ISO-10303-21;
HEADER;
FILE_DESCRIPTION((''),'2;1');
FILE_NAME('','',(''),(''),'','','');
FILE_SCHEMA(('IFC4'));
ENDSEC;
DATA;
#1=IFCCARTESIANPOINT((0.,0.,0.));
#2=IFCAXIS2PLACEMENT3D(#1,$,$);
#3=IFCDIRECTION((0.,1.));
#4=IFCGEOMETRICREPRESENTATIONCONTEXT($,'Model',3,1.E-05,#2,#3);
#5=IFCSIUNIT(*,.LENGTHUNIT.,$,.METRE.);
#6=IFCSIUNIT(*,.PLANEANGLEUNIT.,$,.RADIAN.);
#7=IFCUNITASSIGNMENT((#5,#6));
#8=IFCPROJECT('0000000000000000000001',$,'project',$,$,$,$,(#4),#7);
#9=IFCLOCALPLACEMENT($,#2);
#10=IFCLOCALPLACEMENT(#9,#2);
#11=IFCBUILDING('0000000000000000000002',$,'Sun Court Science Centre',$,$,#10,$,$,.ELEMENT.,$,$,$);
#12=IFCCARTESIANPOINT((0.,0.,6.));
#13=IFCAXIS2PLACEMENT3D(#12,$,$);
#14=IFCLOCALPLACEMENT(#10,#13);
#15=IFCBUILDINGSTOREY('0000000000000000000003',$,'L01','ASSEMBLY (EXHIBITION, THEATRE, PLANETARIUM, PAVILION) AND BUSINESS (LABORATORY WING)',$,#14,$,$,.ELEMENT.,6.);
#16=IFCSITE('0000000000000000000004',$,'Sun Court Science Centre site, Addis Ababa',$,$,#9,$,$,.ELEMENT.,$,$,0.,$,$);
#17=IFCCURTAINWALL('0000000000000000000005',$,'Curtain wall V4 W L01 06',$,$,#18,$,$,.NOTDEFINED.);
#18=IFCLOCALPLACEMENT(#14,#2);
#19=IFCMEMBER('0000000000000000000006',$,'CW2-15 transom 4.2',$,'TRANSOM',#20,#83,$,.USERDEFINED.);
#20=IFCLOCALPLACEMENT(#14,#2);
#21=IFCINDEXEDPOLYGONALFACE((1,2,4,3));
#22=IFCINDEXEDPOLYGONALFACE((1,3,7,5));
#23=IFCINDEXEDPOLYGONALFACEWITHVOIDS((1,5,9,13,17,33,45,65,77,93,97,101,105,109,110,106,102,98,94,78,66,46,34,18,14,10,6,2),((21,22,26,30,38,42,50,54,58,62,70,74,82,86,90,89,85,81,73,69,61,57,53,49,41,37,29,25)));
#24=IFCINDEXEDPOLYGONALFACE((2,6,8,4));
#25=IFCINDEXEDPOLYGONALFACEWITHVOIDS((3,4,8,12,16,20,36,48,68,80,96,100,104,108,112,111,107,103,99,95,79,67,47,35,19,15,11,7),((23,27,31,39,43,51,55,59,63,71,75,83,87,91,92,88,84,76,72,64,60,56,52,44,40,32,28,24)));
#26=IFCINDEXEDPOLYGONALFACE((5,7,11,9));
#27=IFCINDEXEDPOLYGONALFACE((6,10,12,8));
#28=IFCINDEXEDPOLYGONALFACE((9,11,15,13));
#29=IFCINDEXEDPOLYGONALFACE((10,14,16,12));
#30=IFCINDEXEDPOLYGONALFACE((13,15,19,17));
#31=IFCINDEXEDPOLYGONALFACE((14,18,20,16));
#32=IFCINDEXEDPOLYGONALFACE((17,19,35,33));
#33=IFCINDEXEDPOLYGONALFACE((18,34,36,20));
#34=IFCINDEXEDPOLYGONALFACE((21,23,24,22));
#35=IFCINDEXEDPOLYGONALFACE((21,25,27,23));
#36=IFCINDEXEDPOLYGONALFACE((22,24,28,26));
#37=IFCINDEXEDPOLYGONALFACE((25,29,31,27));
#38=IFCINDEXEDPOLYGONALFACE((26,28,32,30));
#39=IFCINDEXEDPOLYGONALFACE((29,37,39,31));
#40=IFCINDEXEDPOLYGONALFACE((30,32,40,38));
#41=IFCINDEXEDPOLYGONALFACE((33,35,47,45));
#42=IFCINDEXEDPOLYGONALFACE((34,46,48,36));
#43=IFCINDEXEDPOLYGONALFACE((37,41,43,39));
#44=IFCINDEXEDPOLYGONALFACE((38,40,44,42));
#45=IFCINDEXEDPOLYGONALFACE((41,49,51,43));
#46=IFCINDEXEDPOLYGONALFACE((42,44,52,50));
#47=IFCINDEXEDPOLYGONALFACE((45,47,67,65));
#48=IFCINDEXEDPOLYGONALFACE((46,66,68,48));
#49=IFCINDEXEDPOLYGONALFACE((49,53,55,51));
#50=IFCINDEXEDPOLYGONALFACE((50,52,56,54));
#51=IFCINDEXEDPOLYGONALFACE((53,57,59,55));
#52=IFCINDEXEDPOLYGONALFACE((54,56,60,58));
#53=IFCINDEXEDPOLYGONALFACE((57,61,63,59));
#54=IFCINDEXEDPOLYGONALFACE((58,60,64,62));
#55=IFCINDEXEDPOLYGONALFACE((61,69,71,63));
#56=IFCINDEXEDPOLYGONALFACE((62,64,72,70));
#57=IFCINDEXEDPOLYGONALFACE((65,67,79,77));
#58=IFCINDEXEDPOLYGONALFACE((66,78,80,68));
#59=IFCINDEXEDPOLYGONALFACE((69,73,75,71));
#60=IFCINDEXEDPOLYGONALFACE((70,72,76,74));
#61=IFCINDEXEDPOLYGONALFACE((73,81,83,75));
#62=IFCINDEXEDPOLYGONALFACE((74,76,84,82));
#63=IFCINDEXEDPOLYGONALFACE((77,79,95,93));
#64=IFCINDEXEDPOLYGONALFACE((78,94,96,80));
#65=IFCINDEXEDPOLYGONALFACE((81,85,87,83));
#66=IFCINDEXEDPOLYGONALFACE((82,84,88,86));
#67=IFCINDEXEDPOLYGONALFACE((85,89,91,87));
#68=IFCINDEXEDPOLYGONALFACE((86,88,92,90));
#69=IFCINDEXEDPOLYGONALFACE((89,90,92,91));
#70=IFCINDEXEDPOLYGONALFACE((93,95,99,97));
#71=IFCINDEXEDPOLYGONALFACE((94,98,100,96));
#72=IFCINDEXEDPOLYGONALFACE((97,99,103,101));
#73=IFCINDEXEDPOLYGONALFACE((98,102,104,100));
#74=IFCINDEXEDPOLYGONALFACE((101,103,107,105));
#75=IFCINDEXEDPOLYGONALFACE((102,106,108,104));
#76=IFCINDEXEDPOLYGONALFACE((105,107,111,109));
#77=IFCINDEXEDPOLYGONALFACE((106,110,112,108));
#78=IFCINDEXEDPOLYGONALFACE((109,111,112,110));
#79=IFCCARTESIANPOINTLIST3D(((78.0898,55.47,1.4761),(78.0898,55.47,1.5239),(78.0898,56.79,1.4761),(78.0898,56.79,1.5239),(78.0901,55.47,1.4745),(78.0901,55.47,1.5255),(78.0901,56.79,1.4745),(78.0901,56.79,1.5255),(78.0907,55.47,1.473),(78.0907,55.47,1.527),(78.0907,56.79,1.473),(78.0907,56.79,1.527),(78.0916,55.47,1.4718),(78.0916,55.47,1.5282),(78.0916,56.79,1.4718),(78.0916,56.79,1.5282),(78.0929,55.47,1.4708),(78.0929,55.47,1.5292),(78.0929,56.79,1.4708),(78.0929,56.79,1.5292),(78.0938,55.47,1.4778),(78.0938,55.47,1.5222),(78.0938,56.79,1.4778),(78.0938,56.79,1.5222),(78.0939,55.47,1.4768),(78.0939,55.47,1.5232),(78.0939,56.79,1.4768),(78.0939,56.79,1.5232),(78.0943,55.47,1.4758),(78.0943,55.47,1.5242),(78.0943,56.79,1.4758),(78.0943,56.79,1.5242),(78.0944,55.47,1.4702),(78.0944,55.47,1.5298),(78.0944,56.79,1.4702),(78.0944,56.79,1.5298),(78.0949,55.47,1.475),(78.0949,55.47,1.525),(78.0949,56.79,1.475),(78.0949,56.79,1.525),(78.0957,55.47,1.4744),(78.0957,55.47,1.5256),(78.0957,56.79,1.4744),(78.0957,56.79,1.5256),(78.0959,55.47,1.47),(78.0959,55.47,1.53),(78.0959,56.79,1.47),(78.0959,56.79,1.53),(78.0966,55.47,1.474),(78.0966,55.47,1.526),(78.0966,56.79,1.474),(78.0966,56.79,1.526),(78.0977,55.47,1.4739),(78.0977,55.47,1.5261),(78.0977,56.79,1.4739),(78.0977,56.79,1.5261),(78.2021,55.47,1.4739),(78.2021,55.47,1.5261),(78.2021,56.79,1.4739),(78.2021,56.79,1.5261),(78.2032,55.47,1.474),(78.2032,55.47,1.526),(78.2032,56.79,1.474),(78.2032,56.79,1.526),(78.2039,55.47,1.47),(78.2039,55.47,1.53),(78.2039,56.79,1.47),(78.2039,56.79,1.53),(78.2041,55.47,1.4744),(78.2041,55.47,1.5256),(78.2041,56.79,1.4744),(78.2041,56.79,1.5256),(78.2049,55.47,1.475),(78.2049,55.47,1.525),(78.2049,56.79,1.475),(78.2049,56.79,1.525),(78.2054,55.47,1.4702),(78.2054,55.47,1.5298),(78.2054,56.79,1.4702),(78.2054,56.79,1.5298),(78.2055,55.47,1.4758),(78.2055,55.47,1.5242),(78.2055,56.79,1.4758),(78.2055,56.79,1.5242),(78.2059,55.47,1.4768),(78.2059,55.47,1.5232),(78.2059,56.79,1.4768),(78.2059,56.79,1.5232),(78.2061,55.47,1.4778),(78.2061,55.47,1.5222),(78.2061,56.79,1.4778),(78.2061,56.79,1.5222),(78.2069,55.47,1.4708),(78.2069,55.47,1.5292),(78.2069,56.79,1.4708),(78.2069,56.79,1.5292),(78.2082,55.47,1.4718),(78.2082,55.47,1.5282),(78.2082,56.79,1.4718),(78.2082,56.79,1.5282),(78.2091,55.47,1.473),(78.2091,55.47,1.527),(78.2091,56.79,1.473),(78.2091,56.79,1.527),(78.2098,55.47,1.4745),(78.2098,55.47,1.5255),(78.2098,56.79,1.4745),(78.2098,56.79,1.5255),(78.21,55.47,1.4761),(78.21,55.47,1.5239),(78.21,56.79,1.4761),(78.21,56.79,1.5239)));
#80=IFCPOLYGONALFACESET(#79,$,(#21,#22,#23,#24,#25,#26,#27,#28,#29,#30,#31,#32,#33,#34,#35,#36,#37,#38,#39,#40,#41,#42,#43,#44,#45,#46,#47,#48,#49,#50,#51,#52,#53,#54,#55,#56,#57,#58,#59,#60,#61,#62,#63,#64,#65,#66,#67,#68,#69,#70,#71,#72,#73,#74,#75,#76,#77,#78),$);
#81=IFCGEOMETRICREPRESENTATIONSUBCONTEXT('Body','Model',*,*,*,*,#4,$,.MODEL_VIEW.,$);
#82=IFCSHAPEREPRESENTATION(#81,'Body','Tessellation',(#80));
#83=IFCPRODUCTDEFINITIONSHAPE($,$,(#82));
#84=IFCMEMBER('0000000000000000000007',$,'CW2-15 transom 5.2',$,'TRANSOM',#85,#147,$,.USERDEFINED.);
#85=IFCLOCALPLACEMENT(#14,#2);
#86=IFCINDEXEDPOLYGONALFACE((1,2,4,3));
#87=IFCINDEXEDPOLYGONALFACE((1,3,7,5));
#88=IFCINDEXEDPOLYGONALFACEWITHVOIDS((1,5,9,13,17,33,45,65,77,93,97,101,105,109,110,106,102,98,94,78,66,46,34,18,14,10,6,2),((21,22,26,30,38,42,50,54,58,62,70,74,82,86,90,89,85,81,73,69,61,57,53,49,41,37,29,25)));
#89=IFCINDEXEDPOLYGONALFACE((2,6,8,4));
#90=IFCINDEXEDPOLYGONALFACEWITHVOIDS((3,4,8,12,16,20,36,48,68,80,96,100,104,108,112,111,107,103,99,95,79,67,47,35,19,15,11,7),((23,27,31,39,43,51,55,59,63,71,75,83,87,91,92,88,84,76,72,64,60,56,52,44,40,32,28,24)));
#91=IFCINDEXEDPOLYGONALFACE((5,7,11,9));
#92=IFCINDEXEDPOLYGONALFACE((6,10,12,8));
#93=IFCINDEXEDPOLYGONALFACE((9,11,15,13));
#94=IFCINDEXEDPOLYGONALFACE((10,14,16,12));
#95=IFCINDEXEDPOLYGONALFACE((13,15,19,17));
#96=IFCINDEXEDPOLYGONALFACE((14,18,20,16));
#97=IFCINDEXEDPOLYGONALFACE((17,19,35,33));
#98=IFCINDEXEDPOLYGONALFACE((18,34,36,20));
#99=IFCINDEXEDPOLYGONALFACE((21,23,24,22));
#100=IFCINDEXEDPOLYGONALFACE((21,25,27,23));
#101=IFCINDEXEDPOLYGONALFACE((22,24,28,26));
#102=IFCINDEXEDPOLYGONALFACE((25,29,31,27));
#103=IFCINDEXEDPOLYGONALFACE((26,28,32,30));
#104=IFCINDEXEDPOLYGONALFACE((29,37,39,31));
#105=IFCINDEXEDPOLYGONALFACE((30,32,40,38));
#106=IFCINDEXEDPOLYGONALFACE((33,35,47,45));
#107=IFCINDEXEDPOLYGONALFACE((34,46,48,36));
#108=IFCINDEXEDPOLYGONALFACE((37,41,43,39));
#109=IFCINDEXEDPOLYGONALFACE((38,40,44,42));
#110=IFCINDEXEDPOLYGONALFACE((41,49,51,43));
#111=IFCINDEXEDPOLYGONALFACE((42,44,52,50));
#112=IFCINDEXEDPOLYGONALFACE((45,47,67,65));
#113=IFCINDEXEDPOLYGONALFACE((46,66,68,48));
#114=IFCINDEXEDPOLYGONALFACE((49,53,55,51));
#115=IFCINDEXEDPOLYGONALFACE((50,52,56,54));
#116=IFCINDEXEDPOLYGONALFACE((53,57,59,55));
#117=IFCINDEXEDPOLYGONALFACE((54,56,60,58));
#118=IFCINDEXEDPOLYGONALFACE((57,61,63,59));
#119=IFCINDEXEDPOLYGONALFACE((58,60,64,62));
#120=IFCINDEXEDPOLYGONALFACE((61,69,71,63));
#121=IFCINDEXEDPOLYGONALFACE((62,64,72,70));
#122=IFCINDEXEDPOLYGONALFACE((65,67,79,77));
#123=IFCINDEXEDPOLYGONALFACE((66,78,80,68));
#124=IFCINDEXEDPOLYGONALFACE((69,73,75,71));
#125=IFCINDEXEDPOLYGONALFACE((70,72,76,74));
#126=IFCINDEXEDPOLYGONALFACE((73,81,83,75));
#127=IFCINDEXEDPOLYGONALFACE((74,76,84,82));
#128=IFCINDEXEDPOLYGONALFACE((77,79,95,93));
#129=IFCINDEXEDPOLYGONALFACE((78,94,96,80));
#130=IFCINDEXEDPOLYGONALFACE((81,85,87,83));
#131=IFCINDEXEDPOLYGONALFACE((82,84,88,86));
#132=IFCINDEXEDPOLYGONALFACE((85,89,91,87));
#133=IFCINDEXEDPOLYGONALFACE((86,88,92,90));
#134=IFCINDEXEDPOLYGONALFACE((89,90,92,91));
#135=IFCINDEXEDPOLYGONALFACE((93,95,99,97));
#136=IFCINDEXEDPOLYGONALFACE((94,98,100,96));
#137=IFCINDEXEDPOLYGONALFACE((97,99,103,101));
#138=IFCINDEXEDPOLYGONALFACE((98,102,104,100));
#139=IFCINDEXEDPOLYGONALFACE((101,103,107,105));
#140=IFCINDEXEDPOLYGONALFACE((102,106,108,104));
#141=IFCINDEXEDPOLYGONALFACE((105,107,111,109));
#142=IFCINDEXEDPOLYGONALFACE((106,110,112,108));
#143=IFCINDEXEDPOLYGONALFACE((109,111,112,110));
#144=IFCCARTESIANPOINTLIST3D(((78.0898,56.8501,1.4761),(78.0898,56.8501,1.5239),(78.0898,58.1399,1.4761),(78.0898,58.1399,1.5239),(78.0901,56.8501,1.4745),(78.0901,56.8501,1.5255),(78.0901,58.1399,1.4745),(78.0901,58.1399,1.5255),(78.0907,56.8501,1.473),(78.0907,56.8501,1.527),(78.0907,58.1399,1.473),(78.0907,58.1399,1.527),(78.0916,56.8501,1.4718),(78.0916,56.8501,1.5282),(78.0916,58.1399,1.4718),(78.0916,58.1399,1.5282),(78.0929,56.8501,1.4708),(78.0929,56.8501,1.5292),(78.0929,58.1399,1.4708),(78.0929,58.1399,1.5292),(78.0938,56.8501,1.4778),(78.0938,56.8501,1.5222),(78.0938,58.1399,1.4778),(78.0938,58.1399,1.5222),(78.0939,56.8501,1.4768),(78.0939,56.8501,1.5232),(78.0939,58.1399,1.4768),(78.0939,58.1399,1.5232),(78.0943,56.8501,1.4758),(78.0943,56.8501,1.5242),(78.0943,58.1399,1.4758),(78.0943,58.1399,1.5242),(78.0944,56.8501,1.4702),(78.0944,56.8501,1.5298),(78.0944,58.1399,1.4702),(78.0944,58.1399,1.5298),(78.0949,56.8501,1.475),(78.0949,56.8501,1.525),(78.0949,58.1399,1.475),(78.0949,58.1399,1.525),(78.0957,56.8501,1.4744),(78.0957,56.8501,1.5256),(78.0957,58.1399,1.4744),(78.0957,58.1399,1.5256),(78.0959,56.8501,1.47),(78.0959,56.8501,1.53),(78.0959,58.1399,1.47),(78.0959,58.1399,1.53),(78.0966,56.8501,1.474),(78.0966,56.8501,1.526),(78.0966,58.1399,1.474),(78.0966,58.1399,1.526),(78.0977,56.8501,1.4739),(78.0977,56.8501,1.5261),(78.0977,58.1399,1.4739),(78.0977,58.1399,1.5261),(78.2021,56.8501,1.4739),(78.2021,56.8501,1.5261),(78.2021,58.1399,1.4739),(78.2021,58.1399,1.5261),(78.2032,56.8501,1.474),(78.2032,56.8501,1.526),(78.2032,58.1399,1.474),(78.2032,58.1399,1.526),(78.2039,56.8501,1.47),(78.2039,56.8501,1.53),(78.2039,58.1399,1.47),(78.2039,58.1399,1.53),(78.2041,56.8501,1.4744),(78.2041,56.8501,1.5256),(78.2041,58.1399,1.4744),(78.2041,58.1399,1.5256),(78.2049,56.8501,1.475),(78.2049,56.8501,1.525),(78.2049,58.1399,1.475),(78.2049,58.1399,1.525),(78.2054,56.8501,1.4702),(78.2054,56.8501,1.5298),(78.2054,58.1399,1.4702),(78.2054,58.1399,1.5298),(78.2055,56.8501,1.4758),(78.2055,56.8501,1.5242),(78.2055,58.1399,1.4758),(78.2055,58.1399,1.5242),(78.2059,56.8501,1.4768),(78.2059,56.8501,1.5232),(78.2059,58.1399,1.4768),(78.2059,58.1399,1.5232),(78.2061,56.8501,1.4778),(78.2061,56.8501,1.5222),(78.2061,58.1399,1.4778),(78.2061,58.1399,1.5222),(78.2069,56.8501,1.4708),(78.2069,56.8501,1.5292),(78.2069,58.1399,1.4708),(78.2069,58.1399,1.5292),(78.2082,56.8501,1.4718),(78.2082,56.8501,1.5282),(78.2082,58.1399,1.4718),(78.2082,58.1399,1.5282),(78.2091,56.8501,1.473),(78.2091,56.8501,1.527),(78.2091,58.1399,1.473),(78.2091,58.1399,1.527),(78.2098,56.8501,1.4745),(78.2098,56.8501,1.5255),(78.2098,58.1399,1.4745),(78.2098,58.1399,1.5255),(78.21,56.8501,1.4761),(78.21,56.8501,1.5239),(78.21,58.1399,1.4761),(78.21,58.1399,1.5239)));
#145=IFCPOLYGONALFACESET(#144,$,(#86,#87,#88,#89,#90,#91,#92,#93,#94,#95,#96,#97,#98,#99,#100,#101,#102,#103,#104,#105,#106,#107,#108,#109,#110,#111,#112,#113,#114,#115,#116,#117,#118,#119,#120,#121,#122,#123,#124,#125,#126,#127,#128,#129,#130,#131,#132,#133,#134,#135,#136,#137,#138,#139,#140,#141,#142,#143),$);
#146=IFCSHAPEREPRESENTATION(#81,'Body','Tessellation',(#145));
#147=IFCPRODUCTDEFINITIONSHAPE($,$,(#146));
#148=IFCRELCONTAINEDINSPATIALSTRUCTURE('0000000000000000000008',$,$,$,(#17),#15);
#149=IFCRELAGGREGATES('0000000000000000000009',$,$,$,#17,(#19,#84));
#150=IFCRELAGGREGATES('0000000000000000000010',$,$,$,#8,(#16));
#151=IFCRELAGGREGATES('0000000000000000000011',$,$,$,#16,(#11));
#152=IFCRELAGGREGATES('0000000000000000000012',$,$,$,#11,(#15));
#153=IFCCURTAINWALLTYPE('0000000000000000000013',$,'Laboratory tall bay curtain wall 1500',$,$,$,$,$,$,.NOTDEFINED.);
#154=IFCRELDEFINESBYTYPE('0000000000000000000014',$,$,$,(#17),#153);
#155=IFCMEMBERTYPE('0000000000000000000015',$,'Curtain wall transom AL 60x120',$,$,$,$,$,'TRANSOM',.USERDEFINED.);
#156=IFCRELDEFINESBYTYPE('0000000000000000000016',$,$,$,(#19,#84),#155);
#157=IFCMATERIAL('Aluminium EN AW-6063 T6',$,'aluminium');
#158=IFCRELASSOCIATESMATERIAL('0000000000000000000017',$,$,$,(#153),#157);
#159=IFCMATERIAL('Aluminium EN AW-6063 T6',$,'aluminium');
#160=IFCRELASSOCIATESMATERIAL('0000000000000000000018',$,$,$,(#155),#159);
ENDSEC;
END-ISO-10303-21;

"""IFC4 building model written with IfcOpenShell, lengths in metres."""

from ifc_helpers import new_model, si_unit, direction, frame, origin, origin_2d, place, context, subcontext, project, spatial, hollow_rectangle, extrude, material, material_profile, profile_set, type_object, element, aggregate, save


model = new_model("IFC4")

# Units and contexts
model_context = context("Model", 3, precision=1e-05, world=origin(), true_north=direction((0.0, 1.0)))
body_context = subcontext(model_context, "Body", "Model", "MODEL_VIEW")
ifc_project = project(units=[si_unit("LENGTHUNIT", "METRE"), si_unit("PLANEANGLEUNIT", "RADIAN")], contexts=[model_context])

# Site, building, storey
site_placement = place(None, origin())
site = spatial("IfcSite", under=ifc_project, at=site_placement, Name="Sun Court Science Centre site, Addis Ababa", CompositionType="ELEMENT", RefElevation=0.0)
building_placement = place(site_placement, origin())
building = spatial("IfcBuilding", under=site, at=building_placement, Name="Sun Court Science Centre", CompositionType="ELEMENT")
storey_placement = place(building_placement, frame((0.0, 0.0, 6.0)))
storey = spatial("IfcBuildingStorey", under=building, at=storey_placement, Name="L01", Description="ASSEMBLY (EXHIBITION, THEATRE, PLANETARIUM, PAVILION) AND BUSINESS (LABORATORY WING)", CompositionType="ELEMENT", Elevation=6.0)

# Shared definitions
ifc_material_1 = material(Name="Aluminium EN AW-6063 T6", Category="aluminium")
curtain_wall_type = type_object("IfcCurtainWallType", Name="Laboratory tall bay curtain wall 1500", PredefinedType="NOTDEFINED", material=ifc_material_1)

# Curtain wall, members
curtain_wall_1_placement = place(storey_placement, origin())
curtain_wall_1 = element("IfcCurtainWall", 1, at=curtain_wall_1_placement, inside=storey, type_object=curtain_wall_type, Name="Curtain wall V4 W L01 06", PredefinedType="NOTDEFINED")
ifc_material_2 = material(Name="Aluminium EN AW-6063 T6", Category="aluminium")
ifc_material_profile_1 = material_profile(ifc_material_2, hollow_rectangle(XDim=0.0601, YDim=0.1201, WallThickness=0.0039, InnerFilletRadius=0.0039, OuterFilletRadius=0.0061, at=origin_2d()), Name="AL 60x120x4")
ifc_profile_set_1 = profile_set([ifc_material_profile_1], Name="Aluminium EN AW-6063 T6")
member_type_1 = type_object("IfcMemberType", Name="Curtain wall transom AL 60x120", ElementType="TRANSOM", PredefinedType="USERDEFINED", material=ifc_profile_set_1)
member_1_placement = place(storey_placement, frame((78.1499, 55.47, 1.5), z_axis=(0.0, 1.0, 0.0), x_axis=(0.0, 0.0, 1.0)))
member_1 = element("IfcMember", 2, at=member_1_placement, type_object=member_type_1, Name="CW2-15 transom 4.2", ObjectType="TRANSOM", PredefinedType="USERDEFINED", context=body_context, shape_type="SweptSolid", body=[
    extrude(hollow_rectangle(XDim=0.0601, YDim=0.1201, WallThickness=0.0039, InnerFilletRadius=0.0039, OuterFilletRadius=0.0061, at=origin_2d()), origin(), (0.0, 0.0, 1.0), 1.3201),
])
member_2_placement = place(storey_placement, frame((78.1499, 56.8501, 1.5), z_axis=(0.0, 1.0, 0.0), x_axis=(0.0, 0.0, 1.0)))
member_2 = element("IfcMember", 3, at=member_2_placement, type_object=member_type_1, Name="CW2-15 transom 5.2", ObjectType="TRANSOM", PredefinedType="USERDEFINED", context=body_context, shape_type="SweptSolid", body=[
    extrude(hollow_rectangle(XDim=0.0601, YDim=0.1201, WallThickness=0.0039, InnerFilletRadius=0.0039, OuterFilletRadius=0.0061, at=origin_2d()), origin(), (0.0, 0.0, 1.0), 1.2898),
])

aggregate(curtain_wall_1, [member_1, member_2])

save(model, "model.ifc")
